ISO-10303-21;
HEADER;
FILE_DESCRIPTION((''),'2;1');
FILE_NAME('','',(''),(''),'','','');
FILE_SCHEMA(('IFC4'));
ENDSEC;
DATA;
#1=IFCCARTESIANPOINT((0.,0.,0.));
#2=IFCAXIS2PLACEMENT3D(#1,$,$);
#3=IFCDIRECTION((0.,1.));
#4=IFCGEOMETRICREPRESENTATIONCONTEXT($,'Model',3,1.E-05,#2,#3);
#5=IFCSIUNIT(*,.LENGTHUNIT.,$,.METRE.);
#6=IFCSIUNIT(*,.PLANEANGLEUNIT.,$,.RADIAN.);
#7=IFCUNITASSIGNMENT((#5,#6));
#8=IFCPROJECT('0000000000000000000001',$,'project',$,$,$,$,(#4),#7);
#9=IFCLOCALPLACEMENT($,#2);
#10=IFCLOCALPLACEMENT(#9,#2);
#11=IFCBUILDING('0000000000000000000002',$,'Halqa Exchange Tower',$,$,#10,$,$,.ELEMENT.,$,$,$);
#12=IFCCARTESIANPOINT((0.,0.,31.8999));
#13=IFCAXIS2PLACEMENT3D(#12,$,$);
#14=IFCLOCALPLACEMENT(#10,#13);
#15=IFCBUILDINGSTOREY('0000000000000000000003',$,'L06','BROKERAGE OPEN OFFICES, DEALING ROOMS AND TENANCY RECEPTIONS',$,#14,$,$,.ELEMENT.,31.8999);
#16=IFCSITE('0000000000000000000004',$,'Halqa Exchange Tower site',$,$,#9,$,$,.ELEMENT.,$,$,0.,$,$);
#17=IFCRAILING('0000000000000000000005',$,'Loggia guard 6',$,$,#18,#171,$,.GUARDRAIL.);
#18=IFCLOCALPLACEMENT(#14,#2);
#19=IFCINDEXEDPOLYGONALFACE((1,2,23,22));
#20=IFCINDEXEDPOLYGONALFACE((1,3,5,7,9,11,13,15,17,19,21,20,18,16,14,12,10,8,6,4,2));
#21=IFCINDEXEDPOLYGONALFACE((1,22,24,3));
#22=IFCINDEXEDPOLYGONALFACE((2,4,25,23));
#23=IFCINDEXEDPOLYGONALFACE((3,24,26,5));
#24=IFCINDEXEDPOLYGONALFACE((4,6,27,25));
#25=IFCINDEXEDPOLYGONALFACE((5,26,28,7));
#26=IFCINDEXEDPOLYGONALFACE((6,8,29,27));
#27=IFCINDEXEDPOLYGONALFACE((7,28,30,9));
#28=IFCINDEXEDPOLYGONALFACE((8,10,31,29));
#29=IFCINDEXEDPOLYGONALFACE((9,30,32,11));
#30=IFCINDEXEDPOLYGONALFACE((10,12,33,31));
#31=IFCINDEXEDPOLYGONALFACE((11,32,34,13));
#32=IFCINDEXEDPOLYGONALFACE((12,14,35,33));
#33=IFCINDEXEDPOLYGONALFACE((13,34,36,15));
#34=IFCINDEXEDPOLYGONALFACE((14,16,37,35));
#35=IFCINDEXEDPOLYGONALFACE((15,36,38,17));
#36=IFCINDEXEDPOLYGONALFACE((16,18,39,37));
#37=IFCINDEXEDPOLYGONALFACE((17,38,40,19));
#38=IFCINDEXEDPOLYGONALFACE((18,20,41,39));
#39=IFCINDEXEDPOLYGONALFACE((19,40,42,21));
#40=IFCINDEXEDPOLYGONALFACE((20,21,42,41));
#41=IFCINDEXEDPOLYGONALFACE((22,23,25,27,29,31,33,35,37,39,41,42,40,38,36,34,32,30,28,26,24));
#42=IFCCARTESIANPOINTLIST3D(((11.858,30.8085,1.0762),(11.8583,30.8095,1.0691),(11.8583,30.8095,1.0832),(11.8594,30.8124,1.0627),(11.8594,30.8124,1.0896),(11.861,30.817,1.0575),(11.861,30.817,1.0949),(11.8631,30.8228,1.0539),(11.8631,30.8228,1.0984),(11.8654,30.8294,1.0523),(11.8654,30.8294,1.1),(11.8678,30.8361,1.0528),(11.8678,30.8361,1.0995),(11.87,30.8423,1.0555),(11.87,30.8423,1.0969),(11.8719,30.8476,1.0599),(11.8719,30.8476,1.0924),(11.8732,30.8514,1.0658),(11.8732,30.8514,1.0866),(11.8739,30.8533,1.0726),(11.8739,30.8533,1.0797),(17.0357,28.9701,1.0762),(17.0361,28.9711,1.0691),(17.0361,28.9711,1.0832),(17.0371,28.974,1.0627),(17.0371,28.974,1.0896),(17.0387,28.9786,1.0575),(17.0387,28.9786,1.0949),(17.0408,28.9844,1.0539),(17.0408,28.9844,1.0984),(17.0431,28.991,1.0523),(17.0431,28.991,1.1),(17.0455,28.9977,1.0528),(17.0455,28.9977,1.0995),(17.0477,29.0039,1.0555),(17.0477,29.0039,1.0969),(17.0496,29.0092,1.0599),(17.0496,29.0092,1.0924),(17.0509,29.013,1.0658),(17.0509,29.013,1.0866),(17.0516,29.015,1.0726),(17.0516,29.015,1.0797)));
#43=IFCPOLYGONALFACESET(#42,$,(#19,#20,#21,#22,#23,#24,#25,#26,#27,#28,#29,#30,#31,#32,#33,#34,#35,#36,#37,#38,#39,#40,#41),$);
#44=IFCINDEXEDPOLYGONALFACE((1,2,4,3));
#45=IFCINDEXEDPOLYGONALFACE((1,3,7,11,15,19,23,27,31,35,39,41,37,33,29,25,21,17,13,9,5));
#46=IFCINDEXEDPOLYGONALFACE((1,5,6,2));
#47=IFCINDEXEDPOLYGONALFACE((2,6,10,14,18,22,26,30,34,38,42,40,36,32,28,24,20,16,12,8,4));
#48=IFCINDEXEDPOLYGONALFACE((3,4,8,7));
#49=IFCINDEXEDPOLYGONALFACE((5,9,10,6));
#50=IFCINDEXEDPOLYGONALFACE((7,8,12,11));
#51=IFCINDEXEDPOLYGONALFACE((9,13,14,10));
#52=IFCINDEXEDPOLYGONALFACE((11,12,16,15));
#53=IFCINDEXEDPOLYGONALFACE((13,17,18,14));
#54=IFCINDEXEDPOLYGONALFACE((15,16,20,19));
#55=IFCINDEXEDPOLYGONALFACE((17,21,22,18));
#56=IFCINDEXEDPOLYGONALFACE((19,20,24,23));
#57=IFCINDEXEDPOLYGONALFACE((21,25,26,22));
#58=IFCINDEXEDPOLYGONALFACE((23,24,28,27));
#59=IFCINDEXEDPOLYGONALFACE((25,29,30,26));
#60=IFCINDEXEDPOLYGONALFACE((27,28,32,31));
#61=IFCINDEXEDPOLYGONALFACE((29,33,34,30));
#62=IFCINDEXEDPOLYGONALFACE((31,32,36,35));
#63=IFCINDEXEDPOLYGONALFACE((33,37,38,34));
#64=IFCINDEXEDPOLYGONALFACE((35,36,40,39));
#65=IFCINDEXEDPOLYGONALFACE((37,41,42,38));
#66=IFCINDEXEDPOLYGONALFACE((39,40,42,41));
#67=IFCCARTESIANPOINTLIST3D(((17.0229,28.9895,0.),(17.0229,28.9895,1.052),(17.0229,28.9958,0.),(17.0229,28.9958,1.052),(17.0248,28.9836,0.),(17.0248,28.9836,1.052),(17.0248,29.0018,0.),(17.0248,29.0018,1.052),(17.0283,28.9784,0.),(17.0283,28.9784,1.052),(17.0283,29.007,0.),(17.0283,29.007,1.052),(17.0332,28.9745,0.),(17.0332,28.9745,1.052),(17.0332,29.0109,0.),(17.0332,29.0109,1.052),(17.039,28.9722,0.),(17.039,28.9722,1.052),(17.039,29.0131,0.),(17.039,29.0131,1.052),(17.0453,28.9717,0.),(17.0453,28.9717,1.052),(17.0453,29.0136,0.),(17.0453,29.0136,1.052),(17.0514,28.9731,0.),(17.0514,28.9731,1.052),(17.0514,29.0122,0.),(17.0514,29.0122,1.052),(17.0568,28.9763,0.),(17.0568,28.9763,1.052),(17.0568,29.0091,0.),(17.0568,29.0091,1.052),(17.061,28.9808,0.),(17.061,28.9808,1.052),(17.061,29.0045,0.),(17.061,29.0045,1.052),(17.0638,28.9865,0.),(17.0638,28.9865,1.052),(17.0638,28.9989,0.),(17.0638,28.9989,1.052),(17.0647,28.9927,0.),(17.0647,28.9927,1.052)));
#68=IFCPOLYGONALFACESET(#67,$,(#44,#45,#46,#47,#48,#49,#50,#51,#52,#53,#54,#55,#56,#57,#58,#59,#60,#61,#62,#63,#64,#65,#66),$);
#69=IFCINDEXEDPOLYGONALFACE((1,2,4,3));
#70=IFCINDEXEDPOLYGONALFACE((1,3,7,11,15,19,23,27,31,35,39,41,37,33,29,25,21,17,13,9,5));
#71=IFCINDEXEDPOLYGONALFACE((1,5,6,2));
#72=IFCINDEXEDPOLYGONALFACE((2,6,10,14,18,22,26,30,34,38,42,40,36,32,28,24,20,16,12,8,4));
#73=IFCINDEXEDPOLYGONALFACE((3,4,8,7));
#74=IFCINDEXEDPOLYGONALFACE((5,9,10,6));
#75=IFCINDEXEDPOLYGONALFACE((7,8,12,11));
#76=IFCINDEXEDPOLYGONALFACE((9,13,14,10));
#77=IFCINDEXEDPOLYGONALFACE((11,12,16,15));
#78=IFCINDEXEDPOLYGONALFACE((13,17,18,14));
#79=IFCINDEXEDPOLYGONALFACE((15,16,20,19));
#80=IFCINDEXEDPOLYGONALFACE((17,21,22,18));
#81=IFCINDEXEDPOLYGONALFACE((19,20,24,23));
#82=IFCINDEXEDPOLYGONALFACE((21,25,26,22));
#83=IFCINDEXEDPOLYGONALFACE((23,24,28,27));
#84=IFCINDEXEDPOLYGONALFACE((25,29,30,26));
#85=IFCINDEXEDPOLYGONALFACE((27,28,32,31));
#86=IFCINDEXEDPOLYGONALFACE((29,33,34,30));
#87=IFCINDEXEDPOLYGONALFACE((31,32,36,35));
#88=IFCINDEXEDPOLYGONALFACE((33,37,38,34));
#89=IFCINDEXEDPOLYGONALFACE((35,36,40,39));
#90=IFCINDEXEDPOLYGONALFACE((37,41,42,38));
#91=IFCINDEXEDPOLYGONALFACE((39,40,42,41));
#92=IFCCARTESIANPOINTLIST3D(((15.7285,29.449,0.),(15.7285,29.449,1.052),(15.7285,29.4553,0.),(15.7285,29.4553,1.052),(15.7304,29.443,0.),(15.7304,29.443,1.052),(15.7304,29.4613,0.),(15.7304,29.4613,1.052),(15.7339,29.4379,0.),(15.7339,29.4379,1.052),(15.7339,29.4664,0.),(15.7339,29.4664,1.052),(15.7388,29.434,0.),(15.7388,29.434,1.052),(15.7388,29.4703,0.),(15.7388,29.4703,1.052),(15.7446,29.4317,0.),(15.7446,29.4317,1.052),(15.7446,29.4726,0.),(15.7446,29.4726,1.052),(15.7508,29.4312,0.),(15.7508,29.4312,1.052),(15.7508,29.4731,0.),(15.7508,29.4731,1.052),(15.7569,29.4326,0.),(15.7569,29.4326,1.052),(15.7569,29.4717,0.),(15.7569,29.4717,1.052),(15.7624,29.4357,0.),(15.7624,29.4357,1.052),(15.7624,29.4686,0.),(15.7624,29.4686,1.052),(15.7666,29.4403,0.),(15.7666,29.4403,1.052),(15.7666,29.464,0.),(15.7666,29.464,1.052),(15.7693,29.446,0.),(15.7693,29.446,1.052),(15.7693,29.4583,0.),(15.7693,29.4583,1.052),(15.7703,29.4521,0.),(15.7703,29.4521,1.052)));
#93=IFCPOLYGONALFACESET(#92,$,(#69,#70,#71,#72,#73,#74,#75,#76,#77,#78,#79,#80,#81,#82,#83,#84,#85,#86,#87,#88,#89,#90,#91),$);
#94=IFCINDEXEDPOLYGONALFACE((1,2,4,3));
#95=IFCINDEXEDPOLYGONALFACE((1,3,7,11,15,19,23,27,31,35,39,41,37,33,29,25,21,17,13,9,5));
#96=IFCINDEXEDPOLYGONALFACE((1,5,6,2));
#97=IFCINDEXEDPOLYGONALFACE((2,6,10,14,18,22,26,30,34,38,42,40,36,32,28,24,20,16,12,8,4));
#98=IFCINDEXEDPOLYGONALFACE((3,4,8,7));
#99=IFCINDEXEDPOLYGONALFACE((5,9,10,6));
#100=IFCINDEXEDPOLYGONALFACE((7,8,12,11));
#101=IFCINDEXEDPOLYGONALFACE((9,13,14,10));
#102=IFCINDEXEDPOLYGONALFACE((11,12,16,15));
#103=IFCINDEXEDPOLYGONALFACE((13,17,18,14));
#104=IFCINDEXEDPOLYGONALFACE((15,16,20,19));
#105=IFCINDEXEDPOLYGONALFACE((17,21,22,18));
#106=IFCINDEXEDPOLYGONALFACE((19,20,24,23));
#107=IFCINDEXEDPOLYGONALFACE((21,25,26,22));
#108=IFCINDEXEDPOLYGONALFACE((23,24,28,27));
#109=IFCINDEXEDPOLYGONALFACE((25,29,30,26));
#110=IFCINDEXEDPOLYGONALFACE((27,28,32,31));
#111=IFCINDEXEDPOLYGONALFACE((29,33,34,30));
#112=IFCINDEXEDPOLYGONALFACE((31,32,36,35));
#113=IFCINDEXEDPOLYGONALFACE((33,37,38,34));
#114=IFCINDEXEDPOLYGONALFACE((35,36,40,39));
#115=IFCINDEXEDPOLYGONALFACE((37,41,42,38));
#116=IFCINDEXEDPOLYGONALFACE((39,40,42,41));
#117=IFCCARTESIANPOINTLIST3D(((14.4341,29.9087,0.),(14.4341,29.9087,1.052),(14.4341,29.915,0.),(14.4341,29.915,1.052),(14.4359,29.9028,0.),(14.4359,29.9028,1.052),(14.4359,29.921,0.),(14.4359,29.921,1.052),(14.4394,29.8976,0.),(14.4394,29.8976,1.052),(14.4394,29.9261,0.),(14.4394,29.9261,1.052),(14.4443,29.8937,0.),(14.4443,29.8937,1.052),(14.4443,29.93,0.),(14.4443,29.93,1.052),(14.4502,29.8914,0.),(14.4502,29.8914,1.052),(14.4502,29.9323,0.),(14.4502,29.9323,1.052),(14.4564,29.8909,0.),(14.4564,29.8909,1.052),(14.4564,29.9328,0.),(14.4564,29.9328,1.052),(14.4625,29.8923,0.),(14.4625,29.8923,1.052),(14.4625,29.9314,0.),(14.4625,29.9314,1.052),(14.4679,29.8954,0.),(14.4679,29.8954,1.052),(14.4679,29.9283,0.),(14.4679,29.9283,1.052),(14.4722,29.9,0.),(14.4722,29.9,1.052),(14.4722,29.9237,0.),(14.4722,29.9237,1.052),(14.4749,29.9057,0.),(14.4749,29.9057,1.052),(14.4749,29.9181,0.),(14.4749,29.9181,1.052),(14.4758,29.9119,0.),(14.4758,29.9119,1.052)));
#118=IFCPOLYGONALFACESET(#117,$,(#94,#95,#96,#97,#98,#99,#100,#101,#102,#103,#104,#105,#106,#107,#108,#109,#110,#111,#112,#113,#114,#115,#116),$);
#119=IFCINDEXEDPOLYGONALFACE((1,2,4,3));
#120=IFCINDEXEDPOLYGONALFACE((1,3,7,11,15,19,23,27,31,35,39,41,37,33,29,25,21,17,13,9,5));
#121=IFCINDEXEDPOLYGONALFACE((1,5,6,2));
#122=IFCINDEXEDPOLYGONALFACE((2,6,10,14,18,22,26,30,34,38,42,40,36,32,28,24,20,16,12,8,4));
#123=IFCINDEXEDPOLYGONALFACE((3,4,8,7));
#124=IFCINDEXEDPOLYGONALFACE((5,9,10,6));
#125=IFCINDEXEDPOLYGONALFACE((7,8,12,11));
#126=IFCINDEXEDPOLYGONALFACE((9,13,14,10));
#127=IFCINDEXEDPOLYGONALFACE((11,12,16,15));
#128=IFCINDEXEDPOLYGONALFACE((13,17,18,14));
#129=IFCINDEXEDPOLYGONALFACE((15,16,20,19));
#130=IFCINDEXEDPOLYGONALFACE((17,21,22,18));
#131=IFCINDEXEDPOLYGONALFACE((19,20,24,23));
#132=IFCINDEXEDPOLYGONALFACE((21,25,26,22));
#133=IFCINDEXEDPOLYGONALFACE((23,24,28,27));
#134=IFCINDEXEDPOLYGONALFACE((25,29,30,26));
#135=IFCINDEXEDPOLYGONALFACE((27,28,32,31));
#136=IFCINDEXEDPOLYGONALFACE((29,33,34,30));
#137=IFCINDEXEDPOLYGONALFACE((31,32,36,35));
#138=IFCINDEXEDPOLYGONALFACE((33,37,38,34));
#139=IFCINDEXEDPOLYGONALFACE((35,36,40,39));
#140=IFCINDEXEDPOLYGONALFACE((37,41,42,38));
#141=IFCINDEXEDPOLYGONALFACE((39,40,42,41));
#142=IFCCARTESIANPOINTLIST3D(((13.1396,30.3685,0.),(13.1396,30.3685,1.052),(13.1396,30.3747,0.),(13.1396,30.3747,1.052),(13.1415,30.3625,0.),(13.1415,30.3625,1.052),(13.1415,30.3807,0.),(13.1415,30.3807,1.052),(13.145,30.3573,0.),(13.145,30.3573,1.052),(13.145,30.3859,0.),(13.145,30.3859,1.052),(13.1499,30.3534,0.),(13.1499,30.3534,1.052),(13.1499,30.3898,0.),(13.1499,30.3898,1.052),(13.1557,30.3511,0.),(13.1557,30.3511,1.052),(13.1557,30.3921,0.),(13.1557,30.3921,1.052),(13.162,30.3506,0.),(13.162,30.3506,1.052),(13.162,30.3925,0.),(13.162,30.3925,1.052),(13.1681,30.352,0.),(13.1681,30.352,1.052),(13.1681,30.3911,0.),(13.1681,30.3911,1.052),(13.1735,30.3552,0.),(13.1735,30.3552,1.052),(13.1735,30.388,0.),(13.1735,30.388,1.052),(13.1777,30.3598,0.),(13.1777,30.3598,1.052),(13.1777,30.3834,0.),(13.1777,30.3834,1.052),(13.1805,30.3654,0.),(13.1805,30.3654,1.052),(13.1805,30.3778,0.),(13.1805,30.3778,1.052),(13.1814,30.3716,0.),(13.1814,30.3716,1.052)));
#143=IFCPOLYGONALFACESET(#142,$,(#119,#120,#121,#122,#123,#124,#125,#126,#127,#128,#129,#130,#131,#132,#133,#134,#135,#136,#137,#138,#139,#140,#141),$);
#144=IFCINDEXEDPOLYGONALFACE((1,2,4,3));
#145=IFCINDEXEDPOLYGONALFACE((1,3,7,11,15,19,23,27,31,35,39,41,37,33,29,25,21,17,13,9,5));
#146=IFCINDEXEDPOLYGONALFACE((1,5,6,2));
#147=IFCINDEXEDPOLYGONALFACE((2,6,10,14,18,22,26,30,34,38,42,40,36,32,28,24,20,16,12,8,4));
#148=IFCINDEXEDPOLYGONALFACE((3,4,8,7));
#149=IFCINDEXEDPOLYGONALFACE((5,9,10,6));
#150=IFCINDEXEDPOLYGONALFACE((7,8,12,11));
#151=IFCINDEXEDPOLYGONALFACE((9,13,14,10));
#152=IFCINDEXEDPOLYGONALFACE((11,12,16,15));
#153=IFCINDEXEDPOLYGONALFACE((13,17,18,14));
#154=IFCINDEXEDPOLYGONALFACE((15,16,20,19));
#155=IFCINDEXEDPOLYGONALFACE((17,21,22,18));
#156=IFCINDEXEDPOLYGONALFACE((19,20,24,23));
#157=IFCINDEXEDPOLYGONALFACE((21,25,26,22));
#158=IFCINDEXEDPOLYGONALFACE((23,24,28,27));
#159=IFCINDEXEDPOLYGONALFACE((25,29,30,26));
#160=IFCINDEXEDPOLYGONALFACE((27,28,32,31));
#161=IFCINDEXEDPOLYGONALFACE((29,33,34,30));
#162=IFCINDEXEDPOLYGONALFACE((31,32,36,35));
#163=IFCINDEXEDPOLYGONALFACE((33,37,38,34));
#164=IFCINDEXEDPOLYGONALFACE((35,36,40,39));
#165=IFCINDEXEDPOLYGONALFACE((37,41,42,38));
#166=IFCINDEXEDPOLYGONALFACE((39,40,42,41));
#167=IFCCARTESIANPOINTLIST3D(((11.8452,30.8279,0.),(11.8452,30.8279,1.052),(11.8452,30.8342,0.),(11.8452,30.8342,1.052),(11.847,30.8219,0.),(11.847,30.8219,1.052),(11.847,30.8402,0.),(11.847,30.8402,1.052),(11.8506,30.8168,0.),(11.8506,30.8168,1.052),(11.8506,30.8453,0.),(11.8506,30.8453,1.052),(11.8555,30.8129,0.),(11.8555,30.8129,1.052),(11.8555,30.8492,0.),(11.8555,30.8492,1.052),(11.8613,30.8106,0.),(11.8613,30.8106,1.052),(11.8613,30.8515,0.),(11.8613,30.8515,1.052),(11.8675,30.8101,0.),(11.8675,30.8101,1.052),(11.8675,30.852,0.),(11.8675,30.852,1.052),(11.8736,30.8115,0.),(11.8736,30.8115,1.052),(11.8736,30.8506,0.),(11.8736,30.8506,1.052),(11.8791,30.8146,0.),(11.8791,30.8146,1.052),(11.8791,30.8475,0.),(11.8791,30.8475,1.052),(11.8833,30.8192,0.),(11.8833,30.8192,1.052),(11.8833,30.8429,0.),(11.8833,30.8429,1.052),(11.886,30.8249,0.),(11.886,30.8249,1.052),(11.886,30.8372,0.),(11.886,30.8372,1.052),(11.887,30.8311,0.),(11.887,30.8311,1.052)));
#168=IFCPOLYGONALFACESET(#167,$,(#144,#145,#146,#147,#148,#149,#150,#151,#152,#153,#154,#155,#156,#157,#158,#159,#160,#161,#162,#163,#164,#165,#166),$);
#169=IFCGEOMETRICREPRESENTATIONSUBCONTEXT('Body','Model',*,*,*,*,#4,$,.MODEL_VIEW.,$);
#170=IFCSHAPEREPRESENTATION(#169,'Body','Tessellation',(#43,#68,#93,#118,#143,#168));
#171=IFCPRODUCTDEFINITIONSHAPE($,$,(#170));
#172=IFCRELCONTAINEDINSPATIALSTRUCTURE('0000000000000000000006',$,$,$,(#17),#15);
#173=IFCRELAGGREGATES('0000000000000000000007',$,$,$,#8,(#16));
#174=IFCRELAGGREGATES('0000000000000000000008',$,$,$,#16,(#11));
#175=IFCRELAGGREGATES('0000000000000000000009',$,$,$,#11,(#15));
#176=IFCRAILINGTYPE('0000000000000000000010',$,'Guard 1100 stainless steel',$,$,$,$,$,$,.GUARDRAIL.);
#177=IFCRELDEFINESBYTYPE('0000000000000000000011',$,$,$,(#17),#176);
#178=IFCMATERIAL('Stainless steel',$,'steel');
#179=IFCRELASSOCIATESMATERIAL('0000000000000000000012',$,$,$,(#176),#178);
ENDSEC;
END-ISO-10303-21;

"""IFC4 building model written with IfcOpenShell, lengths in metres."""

from ifc_helpers import new_model, si_unit, direction, frame, origin, origin_2d, place, context, subcontext, project, spatial, circle, extrude, material, type_object, element, save


model = new_model("IFC4")

# Units and contexts
model_context = context("Model", 3, precision=1e-05, world=origin(), true_north=direction((0.0, 1.0)))
body_context = subcontext(model_context, "Body", "Model", "MODEL_VIEW")
ifc_project = project(units=[si_unit("LENGTHUNIT", "METRE"), si_unit("PLANEANGLEUNIT", "RADIAN")], contexts=[model_context])

# Site, building, storey
site_placement = place(None, origin())
site = spatial("IfcSite", under=ifc_project, at=site_placement, Name="Halqa Exchange Tower site", CompositionType="ELEMENT", RefElevation=0.0)
building_placement = place(site_placement, origin())
building = spatial("IfcBuilding", under=site, at=building_placement, Name="Halqa Exchange Tower", CompositionType="ELEMENT")
storey_placement = place(building_placement, frame((0.0, 0.0, 31.8999)))
storey = spatial("IfcBuildingStorey", under=building, at=storey_placement, Name="L06", Description="BROKERAGE OPEN OFFICES, DEALING ROOMS AND TENANCY RECEPTIONS", CompositionType="ELEMENT", Elevation=31.8999)

# Railing
ifc_material_1 = material(Name="Stainless steel", Category="steel")
railing_type = type_object("IfcRailingType", Name="Guard 1100 stainless steel", PredefinedType="GUARDRAIL", material=ifc_material_1)
railing_1_placement = place(storey_placement, frame((17.0437, 28.9927, 0.0)))
element("IfcRailing", 1, at=railing_1_placement, inside=storey, type_object=railing_type, Name="Loggia guard 6", PredefinedType="GUARDRAIL", context=body_context, shape_type="SweptSolid", body=[
    extrude(circle(Radius=0.0239, at=origin_2d()), frame((0.0, 0.0, 1.0762), z_axis=(-0.942364, 0.334591, 0.0), x_axis=(-0.334591, -0.942364, 0.0)), (0.0, 0.0, 1.0), 5.4944),
    extrude(circle(Radius=0.021, at=origin_2d()), origin(), (0.0, 0.0, 1.0), 1.052),
    extrude(circle(Radius=0.021, at=origin_2d()), frame((-1.2944, 0.4595, 0.0)), (0.0, 0.0, 1.0), 1.052),
    extrude(circle(Radius=0.021, at=origin_2d()), frame((-2.5889, 0.9192, 0.0)), (0.0, 0.0, 1.0), 1.052),
    extrude(circle(Radius=0.021, at=origin_2d()), frame((-3.8833, 1.3789, 0.0)), (0.0, 0.0, 1.0), 1.052),
    extrude(circle(Radius=0.021, at=origin_2d()), frame((-5.1777, 1.8384, 0.0)), (0.0, 0.0, 1.0), 1.052),
])

save(model, "model.ifc")
